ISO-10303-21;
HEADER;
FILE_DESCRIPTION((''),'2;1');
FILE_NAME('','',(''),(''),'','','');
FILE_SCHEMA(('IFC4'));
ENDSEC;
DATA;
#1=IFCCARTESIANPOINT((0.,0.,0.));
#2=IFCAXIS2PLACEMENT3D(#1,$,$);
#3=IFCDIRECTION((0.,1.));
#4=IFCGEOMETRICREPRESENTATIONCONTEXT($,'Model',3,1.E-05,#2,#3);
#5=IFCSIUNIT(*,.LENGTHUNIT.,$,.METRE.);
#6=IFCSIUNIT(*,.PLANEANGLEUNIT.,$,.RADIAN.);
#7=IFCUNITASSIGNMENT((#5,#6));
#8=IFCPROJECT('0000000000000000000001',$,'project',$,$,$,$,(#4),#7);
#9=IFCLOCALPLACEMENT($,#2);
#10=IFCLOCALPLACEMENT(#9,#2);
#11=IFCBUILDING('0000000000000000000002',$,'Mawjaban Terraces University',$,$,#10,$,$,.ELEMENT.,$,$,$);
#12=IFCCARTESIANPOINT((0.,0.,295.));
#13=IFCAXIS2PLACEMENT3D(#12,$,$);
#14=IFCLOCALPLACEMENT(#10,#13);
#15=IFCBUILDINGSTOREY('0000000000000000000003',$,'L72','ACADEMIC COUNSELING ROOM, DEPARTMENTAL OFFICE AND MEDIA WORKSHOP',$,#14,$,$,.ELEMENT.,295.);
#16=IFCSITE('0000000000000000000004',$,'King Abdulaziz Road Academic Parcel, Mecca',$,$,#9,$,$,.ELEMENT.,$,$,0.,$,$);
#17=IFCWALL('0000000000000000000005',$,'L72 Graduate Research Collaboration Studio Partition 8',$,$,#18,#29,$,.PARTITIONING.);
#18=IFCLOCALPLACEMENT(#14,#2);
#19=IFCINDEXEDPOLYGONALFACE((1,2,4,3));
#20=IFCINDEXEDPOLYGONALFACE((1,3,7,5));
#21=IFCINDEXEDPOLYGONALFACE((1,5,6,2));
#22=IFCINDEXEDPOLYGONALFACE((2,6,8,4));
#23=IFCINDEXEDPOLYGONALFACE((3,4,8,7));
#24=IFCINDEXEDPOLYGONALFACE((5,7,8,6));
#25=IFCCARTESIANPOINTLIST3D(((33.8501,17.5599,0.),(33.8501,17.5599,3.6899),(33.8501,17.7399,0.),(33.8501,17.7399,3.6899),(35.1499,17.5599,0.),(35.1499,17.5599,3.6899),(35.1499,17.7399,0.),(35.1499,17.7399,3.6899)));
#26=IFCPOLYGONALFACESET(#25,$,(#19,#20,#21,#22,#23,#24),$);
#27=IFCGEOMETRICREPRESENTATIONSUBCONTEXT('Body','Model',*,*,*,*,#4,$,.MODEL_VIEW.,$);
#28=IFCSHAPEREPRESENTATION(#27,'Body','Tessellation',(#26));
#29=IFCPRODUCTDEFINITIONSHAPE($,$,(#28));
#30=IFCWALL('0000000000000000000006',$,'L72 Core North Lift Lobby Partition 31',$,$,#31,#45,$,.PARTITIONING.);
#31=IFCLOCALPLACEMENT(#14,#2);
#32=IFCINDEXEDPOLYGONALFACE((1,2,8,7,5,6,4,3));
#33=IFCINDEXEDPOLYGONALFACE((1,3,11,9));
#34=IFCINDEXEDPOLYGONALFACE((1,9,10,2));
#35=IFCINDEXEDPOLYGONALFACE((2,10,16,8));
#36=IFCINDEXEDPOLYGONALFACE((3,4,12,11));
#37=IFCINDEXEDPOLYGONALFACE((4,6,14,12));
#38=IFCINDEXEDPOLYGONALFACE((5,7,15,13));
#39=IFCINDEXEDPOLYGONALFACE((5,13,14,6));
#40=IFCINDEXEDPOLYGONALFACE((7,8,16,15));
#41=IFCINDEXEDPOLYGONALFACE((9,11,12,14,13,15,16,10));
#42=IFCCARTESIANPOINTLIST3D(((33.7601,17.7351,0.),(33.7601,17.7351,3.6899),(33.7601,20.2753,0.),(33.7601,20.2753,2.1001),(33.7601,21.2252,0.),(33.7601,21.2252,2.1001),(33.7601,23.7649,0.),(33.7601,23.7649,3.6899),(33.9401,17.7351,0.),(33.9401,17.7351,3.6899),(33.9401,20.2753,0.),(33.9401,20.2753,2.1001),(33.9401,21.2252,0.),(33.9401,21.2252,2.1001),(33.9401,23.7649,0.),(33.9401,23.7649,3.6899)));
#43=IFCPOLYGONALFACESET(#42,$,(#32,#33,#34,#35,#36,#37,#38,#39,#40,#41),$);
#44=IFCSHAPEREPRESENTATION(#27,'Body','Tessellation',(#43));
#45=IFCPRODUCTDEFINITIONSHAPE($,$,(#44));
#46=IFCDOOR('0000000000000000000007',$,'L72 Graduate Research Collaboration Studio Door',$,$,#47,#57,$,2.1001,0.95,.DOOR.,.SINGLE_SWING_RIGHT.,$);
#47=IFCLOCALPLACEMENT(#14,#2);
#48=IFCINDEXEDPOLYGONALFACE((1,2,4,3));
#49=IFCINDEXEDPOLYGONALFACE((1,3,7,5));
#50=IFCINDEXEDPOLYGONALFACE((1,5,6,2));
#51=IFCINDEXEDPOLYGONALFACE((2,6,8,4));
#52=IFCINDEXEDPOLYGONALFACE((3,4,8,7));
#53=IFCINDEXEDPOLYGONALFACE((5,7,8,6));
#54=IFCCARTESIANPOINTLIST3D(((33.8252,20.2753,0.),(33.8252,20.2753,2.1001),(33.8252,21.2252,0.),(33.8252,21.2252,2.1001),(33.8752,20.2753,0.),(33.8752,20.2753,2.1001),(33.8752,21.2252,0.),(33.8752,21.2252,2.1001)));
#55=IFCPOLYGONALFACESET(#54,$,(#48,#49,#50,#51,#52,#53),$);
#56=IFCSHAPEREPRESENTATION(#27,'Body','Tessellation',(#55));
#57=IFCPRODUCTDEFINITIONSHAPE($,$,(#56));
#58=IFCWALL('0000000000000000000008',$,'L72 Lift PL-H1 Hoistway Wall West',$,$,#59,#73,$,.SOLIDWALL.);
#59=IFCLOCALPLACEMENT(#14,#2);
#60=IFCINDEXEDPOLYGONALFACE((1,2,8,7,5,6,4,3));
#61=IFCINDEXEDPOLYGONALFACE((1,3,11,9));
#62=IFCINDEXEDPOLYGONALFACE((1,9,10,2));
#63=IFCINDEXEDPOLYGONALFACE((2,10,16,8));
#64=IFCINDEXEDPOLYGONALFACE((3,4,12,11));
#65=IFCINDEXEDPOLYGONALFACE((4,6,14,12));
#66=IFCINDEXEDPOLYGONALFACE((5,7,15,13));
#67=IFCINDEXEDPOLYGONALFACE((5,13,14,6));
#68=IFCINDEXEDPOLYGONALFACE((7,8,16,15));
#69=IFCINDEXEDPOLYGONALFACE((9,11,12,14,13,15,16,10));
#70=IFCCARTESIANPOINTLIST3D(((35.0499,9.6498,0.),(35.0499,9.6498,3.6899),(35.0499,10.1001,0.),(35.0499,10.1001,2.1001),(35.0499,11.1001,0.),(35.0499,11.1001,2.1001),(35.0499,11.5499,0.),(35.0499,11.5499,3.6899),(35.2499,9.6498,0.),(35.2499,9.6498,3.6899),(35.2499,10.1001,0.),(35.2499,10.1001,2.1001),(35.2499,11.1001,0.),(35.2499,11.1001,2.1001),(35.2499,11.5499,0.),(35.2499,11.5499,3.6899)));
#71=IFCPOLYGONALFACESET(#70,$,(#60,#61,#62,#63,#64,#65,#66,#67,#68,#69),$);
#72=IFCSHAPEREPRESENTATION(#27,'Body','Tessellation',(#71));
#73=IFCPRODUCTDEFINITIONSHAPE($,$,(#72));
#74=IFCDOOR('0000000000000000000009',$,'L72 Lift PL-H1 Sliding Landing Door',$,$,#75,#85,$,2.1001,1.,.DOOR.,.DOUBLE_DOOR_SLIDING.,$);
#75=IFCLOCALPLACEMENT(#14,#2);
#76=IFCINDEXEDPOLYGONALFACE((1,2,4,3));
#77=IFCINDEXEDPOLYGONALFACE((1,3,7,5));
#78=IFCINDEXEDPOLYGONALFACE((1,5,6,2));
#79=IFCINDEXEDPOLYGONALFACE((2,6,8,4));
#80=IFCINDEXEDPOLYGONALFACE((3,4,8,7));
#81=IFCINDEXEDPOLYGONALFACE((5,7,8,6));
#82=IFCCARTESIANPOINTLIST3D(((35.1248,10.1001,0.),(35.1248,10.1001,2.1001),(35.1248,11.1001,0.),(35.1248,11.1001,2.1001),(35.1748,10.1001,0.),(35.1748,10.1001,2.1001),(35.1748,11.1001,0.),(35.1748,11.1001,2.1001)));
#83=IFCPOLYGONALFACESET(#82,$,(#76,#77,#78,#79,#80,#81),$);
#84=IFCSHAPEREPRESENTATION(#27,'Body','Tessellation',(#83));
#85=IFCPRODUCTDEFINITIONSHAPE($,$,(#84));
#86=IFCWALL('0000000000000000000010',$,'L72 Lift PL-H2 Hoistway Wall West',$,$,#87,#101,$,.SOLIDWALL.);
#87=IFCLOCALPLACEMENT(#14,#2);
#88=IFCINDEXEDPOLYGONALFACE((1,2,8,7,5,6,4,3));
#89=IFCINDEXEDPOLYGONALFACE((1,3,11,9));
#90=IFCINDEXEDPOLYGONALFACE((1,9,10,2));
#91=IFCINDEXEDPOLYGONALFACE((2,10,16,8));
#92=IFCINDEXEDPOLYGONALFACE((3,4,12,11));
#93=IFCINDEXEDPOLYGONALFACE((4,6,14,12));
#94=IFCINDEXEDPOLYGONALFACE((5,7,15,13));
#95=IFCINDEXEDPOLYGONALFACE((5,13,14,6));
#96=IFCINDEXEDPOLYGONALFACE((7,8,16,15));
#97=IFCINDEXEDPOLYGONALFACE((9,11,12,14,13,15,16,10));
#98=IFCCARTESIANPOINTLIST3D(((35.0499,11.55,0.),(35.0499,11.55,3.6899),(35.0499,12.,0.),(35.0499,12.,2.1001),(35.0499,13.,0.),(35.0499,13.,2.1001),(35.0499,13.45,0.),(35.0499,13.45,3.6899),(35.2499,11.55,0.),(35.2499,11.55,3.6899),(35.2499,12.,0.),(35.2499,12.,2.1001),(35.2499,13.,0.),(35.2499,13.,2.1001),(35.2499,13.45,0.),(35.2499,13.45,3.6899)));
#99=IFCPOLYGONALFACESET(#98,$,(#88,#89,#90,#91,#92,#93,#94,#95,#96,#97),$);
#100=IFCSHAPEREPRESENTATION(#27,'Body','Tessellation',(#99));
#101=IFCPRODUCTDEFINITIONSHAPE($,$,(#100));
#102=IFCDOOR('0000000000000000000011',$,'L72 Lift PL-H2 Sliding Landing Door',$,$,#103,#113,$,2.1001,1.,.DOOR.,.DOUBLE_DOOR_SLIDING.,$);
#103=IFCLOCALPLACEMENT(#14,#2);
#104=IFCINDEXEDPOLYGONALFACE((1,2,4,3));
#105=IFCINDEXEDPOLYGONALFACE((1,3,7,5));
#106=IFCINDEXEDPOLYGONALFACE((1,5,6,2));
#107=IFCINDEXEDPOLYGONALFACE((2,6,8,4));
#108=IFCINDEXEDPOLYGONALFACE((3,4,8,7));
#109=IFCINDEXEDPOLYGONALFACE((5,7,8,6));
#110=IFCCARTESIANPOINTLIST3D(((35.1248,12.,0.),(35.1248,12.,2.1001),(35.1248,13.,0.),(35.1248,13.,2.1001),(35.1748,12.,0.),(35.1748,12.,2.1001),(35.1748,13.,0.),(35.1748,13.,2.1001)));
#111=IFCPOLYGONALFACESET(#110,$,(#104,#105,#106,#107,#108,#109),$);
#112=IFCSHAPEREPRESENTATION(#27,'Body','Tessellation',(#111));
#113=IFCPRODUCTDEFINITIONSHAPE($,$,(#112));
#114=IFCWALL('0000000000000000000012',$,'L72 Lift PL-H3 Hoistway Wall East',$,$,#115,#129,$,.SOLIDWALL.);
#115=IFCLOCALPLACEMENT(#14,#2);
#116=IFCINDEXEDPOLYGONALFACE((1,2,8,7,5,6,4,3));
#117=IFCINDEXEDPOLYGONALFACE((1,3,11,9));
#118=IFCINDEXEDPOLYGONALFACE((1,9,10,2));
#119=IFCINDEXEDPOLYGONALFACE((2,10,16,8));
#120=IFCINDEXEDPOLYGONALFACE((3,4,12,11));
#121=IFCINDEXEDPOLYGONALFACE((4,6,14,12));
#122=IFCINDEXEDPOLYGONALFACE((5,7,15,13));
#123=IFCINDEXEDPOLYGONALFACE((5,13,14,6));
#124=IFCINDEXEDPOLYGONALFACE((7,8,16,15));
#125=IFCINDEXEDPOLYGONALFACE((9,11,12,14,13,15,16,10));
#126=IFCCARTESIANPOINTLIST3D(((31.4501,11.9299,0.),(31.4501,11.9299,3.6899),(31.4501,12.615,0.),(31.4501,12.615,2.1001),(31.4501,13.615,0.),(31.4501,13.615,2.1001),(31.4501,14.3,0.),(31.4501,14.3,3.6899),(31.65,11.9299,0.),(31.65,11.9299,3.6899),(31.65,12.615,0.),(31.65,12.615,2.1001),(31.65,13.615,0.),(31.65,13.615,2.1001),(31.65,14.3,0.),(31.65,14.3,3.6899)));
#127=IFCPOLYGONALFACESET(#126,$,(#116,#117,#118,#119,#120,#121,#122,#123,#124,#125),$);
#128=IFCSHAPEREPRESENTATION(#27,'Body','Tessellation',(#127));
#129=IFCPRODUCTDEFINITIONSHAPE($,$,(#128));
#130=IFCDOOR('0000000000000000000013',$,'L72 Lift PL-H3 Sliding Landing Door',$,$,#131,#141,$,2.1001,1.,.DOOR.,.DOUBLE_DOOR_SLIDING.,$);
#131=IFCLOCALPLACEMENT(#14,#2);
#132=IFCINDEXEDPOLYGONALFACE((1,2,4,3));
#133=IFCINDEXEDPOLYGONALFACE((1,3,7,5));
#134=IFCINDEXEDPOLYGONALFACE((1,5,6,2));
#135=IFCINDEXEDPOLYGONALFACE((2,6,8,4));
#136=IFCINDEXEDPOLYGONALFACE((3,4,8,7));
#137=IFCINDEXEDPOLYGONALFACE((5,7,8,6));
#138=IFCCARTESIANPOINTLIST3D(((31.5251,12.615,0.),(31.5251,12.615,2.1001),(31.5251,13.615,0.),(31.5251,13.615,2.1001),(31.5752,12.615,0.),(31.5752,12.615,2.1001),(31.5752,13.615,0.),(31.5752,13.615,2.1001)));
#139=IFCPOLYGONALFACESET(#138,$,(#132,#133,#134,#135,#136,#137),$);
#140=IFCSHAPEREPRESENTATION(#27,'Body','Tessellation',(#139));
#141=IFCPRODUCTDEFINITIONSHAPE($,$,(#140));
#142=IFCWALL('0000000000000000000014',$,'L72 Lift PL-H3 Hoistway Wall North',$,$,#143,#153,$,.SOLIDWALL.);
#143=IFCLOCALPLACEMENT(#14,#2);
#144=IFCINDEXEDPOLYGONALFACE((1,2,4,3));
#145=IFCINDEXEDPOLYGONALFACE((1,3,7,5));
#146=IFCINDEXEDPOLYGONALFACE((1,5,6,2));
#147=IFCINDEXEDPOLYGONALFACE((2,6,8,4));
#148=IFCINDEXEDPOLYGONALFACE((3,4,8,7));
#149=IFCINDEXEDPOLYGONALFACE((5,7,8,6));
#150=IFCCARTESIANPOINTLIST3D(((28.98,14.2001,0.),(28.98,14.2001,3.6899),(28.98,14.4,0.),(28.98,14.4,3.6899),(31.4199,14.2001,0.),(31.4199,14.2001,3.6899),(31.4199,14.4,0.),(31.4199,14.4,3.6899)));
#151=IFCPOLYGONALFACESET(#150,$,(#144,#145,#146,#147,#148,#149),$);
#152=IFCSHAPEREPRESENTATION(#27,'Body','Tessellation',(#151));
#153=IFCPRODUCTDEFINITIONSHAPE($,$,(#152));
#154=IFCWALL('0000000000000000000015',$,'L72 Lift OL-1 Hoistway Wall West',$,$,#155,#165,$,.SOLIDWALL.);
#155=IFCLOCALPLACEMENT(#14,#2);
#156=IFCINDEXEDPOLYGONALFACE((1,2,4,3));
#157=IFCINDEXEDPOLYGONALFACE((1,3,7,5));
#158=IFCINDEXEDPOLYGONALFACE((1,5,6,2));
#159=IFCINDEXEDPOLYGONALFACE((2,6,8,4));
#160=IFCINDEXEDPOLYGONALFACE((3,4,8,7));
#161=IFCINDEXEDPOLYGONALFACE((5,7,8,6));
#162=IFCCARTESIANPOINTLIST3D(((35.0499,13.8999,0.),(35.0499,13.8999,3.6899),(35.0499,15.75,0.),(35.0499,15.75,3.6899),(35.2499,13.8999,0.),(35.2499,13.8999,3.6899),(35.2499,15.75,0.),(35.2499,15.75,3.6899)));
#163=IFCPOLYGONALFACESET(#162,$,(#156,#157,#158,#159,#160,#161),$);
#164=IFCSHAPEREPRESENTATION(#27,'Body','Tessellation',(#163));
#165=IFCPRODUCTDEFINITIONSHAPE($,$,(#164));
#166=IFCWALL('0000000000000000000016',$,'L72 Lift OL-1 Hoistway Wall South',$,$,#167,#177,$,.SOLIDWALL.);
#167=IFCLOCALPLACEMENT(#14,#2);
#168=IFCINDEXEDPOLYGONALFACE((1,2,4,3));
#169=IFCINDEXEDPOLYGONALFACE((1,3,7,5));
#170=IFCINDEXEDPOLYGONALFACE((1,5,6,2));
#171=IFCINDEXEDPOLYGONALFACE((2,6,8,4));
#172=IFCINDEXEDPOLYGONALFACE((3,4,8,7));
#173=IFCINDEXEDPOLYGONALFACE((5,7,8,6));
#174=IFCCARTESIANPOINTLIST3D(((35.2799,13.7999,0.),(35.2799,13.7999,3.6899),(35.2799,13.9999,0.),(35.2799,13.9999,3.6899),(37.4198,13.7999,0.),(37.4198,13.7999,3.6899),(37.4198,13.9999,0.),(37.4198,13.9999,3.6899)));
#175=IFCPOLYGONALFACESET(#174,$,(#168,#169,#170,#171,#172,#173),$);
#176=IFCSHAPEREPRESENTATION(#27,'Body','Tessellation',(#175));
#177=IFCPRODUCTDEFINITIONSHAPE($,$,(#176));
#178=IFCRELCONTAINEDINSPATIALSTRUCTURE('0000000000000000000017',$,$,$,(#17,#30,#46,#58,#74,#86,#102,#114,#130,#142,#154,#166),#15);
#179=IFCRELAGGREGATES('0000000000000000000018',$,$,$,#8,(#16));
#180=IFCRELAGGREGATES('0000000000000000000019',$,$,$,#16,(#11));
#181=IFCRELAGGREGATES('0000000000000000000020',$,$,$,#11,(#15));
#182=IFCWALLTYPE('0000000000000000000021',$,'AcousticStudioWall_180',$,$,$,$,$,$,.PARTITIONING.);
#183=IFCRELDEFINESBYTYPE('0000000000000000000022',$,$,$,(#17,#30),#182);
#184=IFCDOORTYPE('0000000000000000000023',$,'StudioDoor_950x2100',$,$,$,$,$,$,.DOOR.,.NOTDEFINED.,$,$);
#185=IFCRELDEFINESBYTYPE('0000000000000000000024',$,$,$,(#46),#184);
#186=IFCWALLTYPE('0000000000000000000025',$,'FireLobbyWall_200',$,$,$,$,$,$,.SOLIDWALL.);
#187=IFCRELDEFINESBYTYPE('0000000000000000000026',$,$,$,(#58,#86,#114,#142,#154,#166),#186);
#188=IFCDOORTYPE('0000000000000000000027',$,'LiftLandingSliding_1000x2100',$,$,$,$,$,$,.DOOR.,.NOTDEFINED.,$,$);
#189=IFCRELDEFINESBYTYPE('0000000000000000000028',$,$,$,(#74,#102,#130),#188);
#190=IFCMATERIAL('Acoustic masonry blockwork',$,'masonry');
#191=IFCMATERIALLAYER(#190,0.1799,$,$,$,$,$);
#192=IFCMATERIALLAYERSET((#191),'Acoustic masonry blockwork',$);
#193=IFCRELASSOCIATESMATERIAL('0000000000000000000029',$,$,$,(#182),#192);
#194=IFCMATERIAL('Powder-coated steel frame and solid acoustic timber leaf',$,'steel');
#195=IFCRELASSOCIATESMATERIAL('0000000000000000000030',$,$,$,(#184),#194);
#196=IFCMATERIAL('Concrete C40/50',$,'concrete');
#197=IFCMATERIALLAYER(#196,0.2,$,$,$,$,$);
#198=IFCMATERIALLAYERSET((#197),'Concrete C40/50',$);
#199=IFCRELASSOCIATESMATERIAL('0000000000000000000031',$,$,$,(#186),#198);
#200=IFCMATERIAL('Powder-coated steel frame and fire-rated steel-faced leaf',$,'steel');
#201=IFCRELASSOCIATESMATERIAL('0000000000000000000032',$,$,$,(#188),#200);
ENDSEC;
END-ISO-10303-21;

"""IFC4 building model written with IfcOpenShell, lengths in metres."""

from ifc_helpers import new_model, si_unit, direction, frame, frame_2d, origin, place, context, subcontext, project, spatial, rectangle, extrude, material, layer, layer_set, type_object, element, fill, save


model = new_model("IFC4")

# Units and contexts
model_context = context("Model", 3, precision=1e-05, world=origin(), true_north=direction((0.0, 1.0)))
body_context = subcontext(model_context, "Body", "Model", "MODEL_VIEW")
ifc_project = project(units=[si_unit("LENGTHUNIT", "METRE"), si_unit("PLANEANGLEUNIT", "RADIAN")], contexts=[model_context])

# Site, building, storey
site_placement = place(None, origin())
site = spatial("IfcSite", under=ifc_project, at=site_placement, Name="King Abdulaziz Road Academic Parcel, Mecca", CompositionType="ELEMENT", RefElevation=0.0)
building_placement = place(site_placement, origin())
building = spatial("IfcBuilding", under=site, at=building_placement, Name="Mawjaban Terraces University", CompositionType="ELEMENT")
storey_placement = place(building_placement, frame((0.0, 0.0, 295.0)))
storey = spatial("IfcBuildingStorey", under=building, at=storey_placement, Name="L72", Description="ACADEMIC COUNSELING ROOM, DEPARTMENTAL OFFICE AND MEDIA WORKSHOP", CompositionType="ELEMENT", Elevation=295.0)

# Wall
ifc_material_1 = material(Name="Acoustic masonry blockwork", Category="masonry")
ifc_layer_1 = layer(ifc_material_1, 0.1799)
ifc_layer_set_1 = layer_set([ifc_layer_1], Name="Acoustic masonry blockwork")
wall_type_1 = type_object("IfcWallType", Name="AcousticStudioWall_180", PredefinedType="PARTITIONING", material=ifc_layer_set_1)
wall_1_placement = place(storey_placement, frame((33.8501, 17.6499, 0.0), z_axis=(0.0, 0.0, 1.0), x_axis=(1.0, 0.0, 0.0)))
element("IfcWall", 1, at=wall_1_placement, inside=storey, type_object=wall_type_1, Name="L72 Graduate Research Collaboration Studio Partition 8", PredefinedType="PARTITIONING", context=body_context, shape_type="SweptSolid", body=[
    extrude(rectangle(XDim=1.2998, YDim=0.1799, at=frame_2d((0.6499, 0.0))), origin(), (0.0, 0.0, 1.0), 3.6899),
])

# Walls, openings, doors
wall_2_placement = place(storey_placement, frame((33.8501, 17.7351, 0.0), z_axis=(0.0, 0.0, 1.0), x_axis=(0.0, 1.0, 0.0)))
wall_2 = element("IfcWall", 2, at=wall_2_placement, inside=storey, type_object=wall_type_1, Name="L72 Core North Lift Lobby Partition 31", PredefinedType="PARTITIONING", context=body_context, shape_type="SweptSolid", body=[
    extrude(rectangle(XDim=6.0298, YDim=0.1799, at=frame_2d((3.0149, 0.0))), origin(), (0.0, 0.0, 1.0), 3.6899),
])
opening_1_placement = place(wall_2_placement, frame((2.54, 0.0, 0.0)))
opening_1 = element("IfcOpeningElement", 3, at=opening_1_placement, cuts=wall_2, PredefinedType="OPENING", context=body_context, shape_type="SweptSolid", body=[
    extrude(rectangle(XDim=0.95, YDim=2.1001, at=frame_2d((0.4751, 1.05))), frame((0.0, 0.0999, 0.0), z_axis=(0.0, -1.0, 0.0), x_axis=(1.0, 0.0, 0.0)), (0.0, 0.0, 1.0), 0.2),
])
ifc_material_2 = material(Name="Powder-coated steel frame and solid acoustic timber leaf", Category="steel")
door_type_1 = type_object("IfcDoorType", Name="StudioDoor_950x2100", OperationType="NOTDEFINED", PredefinedType="DOOR", material=ifc_material_2)
door_1_placement = place(opening_1_placement, origin())
door_1 = element("IfcDoor", 4, at=door_1_placement, inside=storey, type_object=door_type_1, Name="L72 Graduate Research Collaboration Studio Door", OperationType="SINGLE_SWING_RIGHT", OverallHeight=2.1001, OverallWidth=0.95, PredefinedType="DOOR", context=body_context, shape_type="SweptSolid", body=[
    extrude(rectangle(XDim=0.95, YDim=2.1001, at=frame_2d((0.4751, 1.05))), frame((0.0, 0.0249, 0.0), z_axis=(0.0, -1.0, 0.0), x_axis=(1.0, 0.0, 0.0)), (0.0, 0.0, 1.0), 0.05),
])
fill(opening_1, door_1)
ifc_material_3 = material(Name="Concrete C40/50", Category="concrete")
ifc_layer_2 = layer(ifc_material_3, 0.2)
ifc_layer_set_2 = layer_set([ifc_layer_2], Name="Concrete C40/50")
wall_type_2 = type_object("IfcWallType", Name="FireLobbyWall_200", PredefinedType="SOLIDWALL", material=ifc_layer_set_2)
wall_3_placement = place(storey_placement, frame((35.1499, 11.55, 0.0), z_axis=(0.0, 0.0, 1.0), x_axis=(0.0, -1.0, 0.0)))
wall_3 = element("IfcWall", 5, at=wall_3_placement, inside=storey, type_object=wall_type_2, Name="L72 Lift PL-H1 Hoistway Wall West", PredefinedType="SOLIDWALL", context=body_context, shape_type="SweptSolid", body=[
    extrude(rectangle(XDim=1.9001, YDim=0.2, at=frame_2d((0.9502, 0.0))), origin(), (0.0, 0.0, 1.0), 3.6899),
])
opening_2_placement = place(wall_3_placement, frame((0.45, 0.0, 0.0)))
opening_2 = element("IfcOpeningElement", 6, at=opening_2_placement, cuts=wall_3, PredefinedType="OPENING", context=body_context, shape_type="SweptSolid", body=[
    extrude(rectangle(XDim=1.0, YDim=2.1001, at=frame_2d((0.5, 1.05))), frame((0.0, 0.1099, 0.0), z_axis=(0.0, -1.0, 0.0), x_axis=(1.0, 0.0, 0.0)), (0.0, 0.0, 1.0), 0.22),
])
ifc_material_4 = material(Name="Powder-coated steel frame and fire-rated steel-faced leaf", Category="steel")
door_type_2 = type_object("IfcDoorType", Name="LiftLandingSliding_1000x2100", OperationType="NOTDEFINED", PredefinedType="DOOR", material=ifc_material_4)
door_2_placement = place(opening_2_placement, origin())
door_2 = element("IfcDoor", 7, at=door_2_placement, inside=storey, type_object=door_type_2, Name="L72 Lift PL-H1 Sliding Landing Door", OperationType="DOUBLE_DOOR_SLIDING", OverallHeight=2.1001, OverallWidth=1.0, PredefinedType="DOOR", context=body_context, shape_type="SweptSolid", body=[
    extrude(rectangle(XDim=1.0, YDim=2.1001, at=frame_2d((0.5, 1.05))), frame((0.0, 0.0249, 0.0), z_axis=(0.0, -1.0, 0.0), x_axis=(1.0, 0.0, 0.0)), (0.0, 0.0, 1.0), 0.05),
])
fill(opening_2, door_2)
wall_4_placement = place(storey_placement, frame((35.1499, 13.45, 0.0), z_axis=(0.0, 0.0, 1.0), x_axis=(0.0, -1.0, 0.0)))
wall_4 = element("IfcWall", 8, at=wall_4_placement, inside=storey, type_object=wall_type_2, Name="L72 Lift PL-H2 Hoistway Wall West", PredefinedType="SOLIDWALL", context=body_context, shape_type="SweptSolid", body=[
    extrude(rectangle(XDim=1.8999, YDim=0.2, at=frame_2d((0.95, 0.0))), origin(), (0.0, 0.0, 1.0), 3.6899),
])
opening_3_placement = place(wall_4_placement, frame((0.45, 0.0, 0.0)))
opening_3 = element("IfcOpeningElement", 9, at=opening_3_placement, cuts=wall_4, PredefinedType="OPENING", context=body_context, shape_type="SweptSolid", body=[
    extrude(rectangle(XDim=1.0, YDim=2.1001, at=frame_2d((0.5, 1.05))), frame((0.0, 0.1099, 0.0), z_axis=(0.0, -1.0, 0.0), x_axis=(1.0, 0.0, 0.0)), (0.0, 0.0, 1.0), 0.22),
])
door_3_placement = place(opening_3_placement, origin())
door_3 = element("IfcDoor", 10, at=door_3_placement, inside=storey, type_object=door_type_2, Name="L72 Lift PL-H2 Sliding Landing Door", OperationType="DOUBLE_DOOR_SLIDING", OverallHeight=2.1001, OverallWidth=1.0, PredefinedType="DOOR", context=body_context, shape_type="SweptSolid", body=[
    extrude(rectangle(XDim=1.0, YDim=2.1001, at=frame_2d((0.5, 1.05))), frame((0.0, 0.0249, 0.0), z_axis=(0.0, -1.0, 0.0), x_axis=(1.0, 0.0, 0.0)), (0.0, 0.0, 1.0), 0.05),
])
fill(opening_3, door_3)
wall_5_placement = place(storey_placement, frame((31.55, 11.9299, 0.0), z_axis=(0.0, 0.0, 1.0), x_axis=(0.0, 1.0, 0.0)))
wall_5 = element("IfcWall", 11, at=wall_5_placement, inside=storey, type_object=wall_type_2, Name="L72 Lift PL-H3 Hoistway Wall East", PredefinedType="SOLIDWALL", context=body_context, shape_type="SweptSolid", body=[
    extrude(rectangle(XDim=2.3701, YDim=0.2, at=frame_2d((1.1851, 0.0))), origin(), (0.0, 0.0, 1.0), 3.6899),
])
opening_4_placement = place(wall_5_placement, frame((0.6851, 0.0, 0.0)))
opening_4 = element("IfcOpeningElement", 12, at=opening_4_placement, cuts=wall_5, PredefinedType="OPENING", context=body_context, shape_type="SweptSolid", body=[
    extrude(rectangle(XDim=1.0, YDim=2.1001, at=frame_2d((0.5, 1.05))), frame((0.0, 0.1099, 0.0), z_axis=(0.0, -1.0, 0.0), x_axis=(1.0, 0.0, 0.0)), (0.0, 0.0, 1.0), 0.22),
])
door_4_placement = place(opening_4_placement, origin())
door_4 = element("IfcDoor", 13, at=door_4_placement, inside=storey, type_object=door_type_2, Name="L72 Lift PL-H3 Sliding Landing Door", OperationType="DOUBLE_DOOR_SLIDING", OverallHeight=2.1001, OverallWidth=1.0, PredefinedType="DOOR", context=body_context, shape_type="SweptSolid", body=[
    extrude(rectangle(XDim=1.0, YDim=2.1001, at=frame_2d((0.5, 1.05))), frame((0.0, 0.0249, 0.0), z_axis=(0.0, -1.0, 0.0), x_axis=(1.0, 0.0, 0.0)), (0.0, 0.0, 1.0), 0.05),
])
fill(opening_4, door_4)

# Walls
wall_6_placement = place(storey_placement, frame((31.4199, 14.3, 0.0), z_axis=(0.0, 0.0, 1.0), x_axis=(-1.0, 0.0, 0.0)))
element("IfcWall", 14, at=wall_6_placement, inside=storey, type_object=wall_type_2, Name="L72 Lift PL-H3 Hoistway Wall North", PredefinedType="SOLIDWALL", context=body_context, shape_type="SweptSolid", body=[
    extrude(rectangle(XDim=2.4399, YDim=0.2, at=frame_2d((1.22, 0.0))), origin(), (0.0, 0.0, 1.0), 3.6899),
])
wall_7_placement = place(storey_placement, frame((35.1499, 15.75, 0.0), z_axis=(0.0, 0.0, 1.0), x_axis=(0.0, -1.0, 0.0)))
element("IfcWall", 15, at=wall_7_placement, inside=storey, type_object=wall_type_2, Name="L72 Lift OL-1 Hoistway Wall West", PredefinedType="SOLIDWALL", context=body_context, shape_type="SweptSolid", body=[
    extrude(rectangle(XDim=1.8501, YDim=0.2, at=frame_2d((0.925, 0.0))), origin(), (0.0, 0.0, 1.0), 3.6899),
])
wall_8_placement = place(storey_placement, frame((35.28, 13.8999, 0.0), z_axis=(0.0, 0.0, 1.0), x_axis=(1.0, 0.0, 0.0)))
element("IfcWall", 16, at=wall_8_placement, inside=storey, type_object=wall_type_2, Name="L72 Lift OL-1 Hoistway Wall South", PredefinedType="SOLIDWALL", context=body_context, shape_type="SweptSolid", body=[
    extrude(rectangle(XDim=2.1399, YDim=0.2, at=frame_2d((1.0698, 0.0))), origin(), (0.0, 0.0, 1.0), 3.6899),
])

save(model, "model.ifc")
